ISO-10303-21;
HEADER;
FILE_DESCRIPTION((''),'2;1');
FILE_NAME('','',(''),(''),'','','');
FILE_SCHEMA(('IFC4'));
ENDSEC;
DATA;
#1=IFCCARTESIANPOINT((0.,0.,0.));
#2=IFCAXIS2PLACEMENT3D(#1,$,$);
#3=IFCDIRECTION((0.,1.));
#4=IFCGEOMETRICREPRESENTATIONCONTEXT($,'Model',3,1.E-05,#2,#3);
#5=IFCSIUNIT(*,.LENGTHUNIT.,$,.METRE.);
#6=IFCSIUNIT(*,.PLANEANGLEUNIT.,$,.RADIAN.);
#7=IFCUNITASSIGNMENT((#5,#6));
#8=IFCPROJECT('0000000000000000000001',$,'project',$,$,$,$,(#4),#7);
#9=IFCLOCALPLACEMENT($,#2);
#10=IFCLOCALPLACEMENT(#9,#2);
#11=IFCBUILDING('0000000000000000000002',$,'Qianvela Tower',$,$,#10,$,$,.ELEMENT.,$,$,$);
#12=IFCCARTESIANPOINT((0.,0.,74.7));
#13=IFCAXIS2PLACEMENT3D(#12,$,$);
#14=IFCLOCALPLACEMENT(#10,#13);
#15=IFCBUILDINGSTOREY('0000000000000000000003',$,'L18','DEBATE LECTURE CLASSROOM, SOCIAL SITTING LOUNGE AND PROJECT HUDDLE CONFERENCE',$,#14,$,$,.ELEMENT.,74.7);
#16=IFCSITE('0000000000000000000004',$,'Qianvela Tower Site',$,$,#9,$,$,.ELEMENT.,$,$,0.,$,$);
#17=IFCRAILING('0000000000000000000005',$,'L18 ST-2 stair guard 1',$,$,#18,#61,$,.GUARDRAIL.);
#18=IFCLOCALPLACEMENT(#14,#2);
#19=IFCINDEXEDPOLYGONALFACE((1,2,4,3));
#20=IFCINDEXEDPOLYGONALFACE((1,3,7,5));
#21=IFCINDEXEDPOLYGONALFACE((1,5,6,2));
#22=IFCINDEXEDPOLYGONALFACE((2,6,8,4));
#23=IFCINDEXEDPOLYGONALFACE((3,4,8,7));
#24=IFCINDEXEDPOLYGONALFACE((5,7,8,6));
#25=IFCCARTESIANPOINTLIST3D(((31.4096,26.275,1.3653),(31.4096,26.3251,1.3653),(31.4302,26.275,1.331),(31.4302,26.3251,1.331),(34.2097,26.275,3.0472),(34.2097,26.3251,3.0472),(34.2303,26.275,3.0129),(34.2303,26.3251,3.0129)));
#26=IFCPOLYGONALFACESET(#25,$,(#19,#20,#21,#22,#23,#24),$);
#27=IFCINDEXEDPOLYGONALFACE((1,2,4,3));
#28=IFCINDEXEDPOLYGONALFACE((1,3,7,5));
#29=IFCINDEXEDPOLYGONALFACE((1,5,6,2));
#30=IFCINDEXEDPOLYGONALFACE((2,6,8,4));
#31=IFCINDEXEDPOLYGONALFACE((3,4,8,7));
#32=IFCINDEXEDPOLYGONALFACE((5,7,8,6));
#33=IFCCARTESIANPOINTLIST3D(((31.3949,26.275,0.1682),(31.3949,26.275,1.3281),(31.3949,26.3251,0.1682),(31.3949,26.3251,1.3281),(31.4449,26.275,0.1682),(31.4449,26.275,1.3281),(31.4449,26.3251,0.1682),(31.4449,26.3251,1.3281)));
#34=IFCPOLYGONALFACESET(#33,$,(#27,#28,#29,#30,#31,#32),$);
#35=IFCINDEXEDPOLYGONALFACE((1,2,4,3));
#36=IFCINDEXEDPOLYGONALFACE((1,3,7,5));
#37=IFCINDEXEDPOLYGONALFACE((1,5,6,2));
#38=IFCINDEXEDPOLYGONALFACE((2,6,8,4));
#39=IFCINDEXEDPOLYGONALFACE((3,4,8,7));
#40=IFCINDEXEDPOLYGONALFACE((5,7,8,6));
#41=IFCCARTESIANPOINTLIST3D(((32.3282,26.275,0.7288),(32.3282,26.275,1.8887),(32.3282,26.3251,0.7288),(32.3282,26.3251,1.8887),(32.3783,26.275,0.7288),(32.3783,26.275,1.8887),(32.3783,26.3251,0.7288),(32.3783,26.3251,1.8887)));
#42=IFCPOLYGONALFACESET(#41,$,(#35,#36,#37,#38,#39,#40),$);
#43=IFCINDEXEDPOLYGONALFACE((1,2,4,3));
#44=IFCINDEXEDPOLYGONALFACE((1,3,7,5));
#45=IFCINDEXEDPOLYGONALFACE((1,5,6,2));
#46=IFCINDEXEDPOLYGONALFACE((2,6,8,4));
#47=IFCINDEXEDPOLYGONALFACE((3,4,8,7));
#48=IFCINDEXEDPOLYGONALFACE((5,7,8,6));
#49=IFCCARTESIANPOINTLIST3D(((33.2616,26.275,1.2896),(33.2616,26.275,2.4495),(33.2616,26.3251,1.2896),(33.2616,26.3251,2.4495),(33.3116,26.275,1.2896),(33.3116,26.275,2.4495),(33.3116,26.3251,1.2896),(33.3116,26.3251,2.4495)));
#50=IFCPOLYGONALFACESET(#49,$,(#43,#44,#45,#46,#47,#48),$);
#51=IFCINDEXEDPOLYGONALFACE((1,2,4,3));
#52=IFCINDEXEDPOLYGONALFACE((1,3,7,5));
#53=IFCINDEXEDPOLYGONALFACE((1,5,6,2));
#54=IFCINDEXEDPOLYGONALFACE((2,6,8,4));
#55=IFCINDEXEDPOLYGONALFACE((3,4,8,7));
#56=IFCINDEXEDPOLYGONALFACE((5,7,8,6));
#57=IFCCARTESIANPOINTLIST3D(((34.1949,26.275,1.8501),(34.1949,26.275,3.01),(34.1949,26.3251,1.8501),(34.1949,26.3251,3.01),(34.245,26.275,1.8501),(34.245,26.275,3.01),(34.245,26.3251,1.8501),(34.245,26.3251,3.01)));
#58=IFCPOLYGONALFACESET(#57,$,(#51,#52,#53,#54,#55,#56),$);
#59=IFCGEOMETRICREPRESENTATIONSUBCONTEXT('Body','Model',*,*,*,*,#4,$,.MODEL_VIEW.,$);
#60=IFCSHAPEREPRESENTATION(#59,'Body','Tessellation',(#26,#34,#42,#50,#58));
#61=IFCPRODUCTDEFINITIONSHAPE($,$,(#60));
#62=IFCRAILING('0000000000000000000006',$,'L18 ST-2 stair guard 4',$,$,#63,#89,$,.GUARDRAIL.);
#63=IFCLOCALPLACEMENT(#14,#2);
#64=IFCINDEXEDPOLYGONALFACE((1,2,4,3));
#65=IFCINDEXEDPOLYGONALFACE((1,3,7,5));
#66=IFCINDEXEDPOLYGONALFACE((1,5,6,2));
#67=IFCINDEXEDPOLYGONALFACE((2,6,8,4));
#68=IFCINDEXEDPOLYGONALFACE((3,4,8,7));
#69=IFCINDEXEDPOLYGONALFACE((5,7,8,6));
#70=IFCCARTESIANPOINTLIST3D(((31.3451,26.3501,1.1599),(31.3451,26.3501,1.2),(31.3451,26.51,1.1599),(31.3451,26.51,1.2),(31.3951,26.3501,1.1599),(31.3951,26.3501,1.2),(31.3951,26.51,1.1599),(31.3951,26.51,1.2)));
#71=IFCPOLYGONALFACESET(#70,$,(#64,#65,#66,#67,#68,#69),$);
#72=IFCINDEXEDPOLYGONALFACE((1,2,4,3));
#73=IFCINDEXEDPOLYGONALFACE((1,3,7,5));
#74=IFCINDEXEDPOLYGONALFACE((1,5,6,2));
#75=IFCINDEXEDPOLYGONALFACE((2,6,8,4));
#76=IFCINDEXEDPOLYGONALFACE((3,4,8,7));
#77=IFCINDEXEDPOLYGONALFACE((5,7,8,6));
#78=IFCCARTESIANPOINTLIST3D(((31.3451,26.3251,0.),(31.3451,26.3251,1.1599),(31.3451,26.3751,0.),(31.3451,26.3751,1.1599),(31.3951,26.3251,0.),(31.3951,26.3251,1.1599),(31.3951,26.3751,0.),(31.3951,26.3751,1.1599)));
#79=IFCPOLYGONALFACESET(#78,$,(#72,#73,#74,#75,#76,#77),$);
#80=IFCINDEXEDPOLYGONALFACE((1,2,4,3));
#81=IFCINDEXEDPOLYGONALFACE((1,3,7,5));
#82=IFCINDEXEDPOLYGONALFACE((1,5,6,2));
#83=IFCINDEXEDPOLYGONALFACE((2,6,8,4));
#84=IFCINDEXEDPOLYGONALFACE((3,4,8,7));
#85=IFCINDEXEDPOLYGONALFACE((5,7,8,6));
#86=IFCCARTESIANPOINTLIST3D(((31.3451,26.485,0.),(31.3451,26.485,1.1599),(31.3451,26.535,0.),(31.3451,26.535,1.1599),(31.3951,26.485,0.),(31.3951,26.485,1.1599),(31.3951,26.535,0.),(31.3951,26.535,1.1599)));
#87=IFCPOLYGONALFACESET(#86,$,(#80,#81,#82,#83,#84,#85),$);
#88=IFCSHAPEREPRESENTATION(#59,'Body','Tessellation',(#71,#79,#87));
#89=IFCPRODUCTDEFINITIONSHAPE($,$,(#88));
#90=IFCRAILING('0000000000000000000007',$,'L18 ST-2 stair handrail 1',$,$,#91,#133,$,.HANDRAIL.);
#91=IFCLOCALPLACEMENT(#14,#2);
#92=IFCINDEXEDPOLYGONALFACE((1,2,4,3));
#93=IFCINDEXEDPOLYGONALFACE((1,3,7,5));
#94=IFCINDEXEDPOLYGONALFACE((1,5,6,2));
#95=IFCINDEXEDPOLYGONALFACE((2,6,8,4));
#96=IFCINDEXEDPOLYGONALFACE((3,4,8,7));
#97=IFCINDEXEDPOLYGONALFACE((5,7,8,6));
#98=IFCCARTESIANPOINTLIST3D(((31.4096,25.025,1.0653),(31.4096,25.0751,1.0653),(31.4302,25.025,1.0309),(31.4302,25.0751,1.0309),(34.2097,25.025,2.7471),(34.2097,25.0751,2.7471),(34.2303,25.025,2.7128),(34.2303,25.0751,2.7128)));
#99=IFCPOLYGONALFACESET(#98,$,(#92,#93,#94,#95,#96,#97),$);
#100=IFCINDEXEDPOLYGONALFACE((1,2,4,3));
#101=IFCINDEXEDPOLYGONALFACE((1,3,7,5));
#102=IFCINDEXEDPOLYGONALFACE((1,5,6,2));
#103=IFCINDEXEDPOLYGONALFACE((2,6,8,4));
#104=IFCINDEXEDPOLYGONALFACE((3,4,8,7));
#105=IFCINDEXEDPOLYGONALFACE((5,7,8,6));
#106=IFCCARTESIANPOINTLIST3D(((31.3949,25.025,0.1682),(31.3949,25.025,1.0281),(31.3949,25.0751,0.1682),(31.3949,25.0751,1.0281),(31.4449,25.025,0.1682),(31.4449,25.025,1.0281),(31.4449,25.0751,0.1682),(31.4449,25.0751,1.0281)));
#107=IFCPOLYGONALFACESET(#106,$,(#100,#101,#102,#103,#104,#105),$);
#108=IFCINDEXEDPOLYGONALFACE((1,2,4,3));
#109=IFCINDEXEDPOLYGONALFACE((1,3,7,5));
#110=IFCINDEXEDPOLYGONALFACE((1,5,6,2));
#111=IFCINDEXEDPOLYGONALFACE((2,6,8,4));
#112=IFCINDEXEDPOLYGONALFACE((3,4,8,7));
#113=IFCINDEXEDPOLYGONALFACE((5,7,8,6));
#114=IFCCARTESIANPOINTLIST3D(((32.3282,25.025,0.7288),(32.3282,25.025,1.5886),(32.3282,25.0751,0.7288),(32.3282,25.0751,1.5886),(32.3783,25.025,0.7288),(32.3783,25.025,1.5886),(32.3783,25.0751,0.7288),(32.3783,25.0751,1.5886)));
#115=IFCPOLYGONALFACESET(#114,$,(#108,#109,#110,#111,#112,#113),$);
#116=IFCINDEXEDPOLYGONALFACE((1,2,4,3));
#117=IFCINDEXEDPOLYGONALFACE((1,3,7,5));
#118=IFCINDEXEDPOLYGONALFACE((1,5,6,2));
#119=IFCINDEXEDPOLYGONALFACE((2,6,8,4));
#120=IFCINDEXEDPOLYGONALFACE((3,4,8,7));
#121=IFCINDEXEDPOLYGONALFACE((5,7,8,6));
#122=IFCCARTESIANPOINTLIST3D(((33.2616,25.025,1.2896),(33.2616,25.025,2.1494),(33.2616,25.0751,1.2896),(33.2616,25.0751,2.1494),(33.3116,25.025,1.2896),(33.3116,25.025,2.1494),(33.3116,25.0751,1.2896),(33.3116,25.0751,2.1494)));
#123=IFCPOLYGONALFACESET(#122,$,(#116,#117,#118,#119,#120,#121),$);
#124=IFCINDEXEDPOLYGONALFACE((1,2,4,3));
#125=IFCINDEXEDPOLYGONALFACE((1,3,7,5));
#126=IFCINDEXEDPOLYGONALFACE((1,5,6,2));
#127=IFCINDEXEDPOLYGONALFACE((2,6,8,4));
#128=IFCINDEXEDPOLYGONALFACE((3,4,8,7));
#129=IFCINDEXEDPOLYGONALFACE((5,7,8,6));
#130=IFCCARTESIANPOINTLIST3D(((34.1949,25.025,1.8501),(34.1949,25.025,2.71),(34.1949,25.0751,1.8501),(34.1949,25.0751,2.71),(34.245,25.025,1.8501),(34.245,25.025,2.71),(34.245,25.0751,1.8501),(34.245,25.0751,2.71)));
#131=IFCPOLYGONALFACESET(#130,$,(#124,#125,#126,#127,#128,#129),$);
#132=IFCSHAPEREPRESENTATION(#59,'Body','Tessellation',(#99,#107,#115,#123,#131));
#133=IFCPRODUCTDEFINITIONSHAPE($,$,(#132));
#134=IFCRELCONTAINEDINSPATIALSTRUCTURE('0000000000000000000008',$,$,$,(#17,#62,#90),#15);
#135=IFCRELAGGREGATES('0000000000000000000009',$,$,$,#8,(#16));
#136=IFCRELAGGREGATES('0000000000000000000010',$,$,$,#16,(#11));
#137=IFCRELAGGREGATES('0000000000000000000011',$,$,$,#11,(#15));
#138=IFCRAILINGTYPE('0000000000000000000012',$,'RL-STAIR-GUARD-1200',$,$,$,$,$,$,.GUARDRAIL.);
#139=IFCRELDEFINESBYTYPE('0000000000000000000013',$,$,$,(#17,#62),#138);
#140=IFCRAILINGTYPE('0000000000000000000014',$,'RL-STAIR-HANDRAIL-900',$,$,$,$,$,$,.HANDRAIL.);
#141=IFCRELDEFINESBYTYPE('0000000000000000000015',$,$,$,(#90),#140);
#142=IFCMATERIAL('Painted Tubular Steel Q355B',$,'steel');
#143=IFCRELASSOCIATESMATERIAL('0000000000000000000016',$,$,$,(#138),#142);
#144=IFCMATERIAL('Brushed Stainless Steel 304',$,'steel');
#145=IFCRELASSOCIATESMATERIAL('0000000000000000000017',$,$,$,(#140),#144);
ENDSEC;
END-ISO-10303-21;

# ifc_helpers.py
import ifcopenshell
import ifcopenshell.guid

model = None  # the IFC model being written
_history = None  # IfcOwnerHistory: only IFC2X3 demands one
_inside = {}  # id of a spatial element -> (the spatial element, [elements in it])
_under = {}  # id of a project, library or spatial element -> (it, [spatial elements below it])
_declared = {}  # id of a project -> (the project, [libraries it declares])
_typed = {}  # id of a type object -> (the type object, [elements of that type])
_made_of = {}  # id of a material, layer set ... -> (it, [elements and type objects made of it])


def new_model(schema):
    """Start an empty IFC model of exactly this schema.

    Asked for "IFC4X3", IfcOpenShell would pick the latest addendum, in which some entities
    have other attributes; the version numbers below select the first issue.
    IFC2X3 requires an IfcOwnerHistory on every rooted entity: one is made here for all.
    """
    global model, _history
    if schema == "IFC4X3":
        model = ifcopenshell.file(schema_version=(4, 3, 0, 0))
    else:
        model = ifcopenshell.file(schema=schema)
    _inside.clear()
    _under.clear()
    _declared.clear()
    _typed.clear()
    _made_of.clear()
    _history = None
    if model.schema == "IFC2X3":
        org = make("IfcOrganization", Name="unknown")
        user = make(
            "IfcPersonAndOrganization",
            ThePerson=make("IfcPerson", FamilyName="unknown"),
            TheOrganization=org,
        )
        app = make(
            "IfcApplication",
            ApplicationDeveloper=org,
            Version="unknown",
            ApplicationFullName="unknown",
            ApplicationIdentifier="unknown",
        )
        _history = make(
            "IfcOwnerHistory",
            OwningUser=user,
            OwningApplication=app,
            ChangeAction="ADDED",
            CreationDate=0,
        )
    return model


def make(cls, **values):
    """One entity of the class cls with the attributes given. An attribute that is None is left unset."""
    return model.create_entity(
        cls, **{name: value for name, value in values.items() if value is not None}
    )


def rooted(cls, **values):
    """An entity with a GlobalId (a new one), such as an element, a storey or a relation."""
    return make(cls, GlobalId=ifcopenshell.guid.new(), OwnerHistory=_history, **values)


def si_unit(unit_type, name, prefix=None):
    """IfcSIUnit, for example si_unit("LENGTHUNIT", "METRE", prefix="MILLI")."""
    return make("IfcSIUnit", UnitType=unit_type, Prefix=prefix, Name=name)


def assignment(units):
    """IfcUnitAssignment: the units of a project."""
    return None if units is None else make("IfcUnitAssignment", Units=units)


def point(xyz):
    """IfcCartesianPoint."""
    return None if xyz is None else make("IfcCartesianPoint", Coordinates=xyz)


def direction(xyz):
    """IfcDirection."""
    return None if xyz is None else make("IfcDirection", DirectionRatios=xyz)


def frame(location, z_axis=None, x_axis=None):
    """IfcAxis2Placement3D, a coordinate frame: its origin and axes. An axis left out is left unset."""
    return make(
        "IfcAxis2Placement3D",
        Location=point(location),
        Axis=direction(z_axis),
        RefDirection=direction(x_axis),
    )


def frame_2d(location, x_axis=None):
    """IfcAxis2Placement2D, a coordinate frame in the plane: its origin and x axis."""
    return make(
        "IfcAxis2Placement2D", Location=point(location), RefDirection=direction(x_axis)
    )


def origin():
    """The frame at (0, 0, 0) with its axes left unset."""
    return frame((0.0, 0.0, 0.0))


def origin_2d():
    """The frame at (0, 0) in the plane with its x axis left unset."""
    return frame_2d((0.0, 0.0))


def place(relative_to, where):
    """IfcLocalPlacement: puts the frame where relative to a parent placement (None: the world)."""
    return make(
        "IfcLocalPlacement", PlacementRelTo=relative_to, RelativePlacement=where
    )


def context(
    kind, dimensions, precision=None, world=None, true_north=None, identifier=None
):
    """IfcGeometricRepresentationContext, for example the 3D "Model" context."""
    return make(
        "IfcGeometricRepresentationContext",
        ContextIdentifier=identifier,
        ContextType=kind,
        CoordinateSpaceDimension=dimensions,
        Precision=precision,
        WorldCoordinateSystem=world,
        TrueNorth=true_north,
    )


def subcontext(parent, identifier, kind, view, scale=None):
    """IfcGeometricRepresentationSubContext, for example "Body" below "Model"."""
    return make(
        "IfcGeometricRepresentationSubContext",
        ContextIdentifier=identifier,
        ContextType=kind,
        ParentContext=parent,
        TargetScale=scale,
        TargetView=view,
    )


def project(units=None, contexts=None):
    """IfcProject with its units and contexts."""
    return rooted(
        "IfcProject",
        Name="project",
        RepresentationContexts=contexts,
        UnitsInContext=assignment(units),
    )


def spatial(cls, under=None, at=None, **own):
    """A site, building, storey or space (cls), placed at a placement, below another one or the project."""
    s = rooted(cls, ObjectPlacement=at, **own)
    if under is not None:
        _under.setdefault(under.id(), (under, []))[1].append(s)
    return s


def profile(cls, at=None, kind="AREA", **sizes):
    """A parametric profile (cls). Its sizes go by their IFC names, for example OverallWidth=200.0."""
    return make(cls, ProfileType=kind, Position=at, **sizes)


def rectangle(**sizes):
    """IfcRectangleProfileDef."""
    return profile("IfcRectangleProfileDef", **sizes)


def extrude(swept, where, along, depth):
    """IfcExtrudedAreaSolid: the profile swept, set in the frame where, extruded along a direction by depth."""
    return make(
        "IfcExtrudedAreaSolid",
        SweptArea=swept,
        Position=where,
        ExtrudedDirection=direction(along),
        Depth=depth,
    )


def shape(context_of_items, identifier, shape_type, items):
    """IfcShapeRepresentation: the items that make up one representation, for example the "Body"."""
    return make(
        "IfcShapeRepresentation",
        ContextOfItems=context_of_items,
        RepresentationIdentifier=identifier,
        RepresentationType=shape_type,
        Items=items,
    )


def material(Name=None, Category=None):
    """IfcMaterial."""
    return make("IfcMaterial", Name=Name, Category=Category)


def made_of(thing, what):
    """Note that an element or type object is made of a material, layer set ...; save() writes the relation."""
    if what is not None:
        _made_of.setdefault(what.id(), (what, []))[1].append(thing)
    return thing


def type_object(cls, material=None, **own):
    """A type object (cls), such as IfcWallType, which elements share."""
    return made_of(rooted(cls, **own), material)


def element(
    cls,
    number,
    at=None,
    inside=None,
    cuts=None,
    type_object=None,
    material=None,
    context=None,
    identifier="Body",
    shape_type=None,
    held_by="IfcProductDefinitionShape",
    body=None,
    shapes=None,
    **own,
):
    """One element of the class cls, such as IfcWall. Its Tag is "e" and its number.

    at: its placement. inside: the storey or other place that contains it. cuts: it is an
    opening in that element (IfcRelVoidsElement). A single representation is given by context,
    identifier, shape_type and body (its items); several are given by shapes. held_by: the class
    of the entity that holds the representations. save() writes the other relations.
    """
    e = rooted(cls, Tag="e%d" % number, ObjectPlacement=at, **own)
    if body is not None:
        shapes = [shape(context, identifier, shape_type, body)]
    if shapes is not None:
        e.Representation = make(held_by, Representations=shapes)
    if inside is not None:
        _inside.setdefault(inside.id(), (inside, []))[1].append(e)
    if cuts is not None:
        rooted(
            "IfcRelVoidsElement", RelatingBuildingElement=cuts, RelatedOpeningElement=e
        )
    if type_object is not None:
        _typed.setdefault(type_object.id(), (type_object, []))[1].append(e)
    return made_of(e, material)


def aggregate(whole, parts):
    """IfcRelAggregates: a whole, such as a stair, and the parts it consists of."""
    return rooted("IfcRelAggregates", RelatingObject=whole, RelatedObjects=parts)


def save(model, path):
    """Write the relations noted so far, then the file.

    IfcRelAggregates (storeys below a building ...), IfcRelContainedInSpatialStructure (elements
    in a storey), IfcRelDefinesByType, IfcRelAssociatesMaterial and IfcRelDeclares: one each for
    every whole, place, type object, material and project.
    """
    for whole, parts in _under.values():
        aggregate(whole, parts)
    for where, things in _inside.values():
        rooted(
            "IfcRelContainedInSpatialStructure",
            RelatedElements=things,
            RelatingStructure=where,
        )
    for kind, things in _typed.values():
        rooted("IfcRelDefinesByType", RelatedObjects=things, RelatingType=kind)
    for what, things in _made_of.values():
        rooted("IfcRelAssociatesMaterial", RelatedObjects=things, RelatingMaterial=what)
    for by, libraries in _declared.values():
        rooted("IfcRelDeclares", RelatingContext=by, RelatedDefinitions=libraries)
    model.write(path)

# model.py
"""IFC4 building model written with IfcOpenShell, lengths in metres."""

from ifc_helpers import new_model, si_unit, direction, frame, origin, origin_2d, place, context, subcontext, project, spatial, rectangle, extrude, material, type_object, element, save


model = new_model("IFC4")

# Units and contexts
model_context = context("Model", 3, precision=1e-05, world=origin(), true_north=direction((0.0, 1.0)))
body_context = subcontext(model_context, "Body", "Model", "MODEL_VIEW")
ifc_project = project(units=[si_unit("LENGTHUNIT", "METRE"), si_unit("PLANEANGLEUNIT", "RADIAN")], contexts=[model_context])

# Site, building, storey
site_placement = place(None, origin())
site = spatial("IfcSite", under=ifc_project, at=site_placement, Name="Qianvela Tower Site", CompositionType="ELEMENT", RefElevation=0.0)
building_placement = place(site_placement, origin())
building = spatial("IfcBuilding", under=site, at=building_placement, Name="Qianvela Tower", CompositionType="ELEMENT")
storey_placement = place(building_placement, frame((0.0, 0.0, 74.7)))
storey = spatial("IfcBuildingStorey", under=building, at=storey_placement, Name="L18", Description="DEBATE LECTURE CLASSROOM, SOCIAL SITTING LOUNGE AND PROJECT HUDDLE CONFERENCE", CompositionType="ELEMENT", Elevation=74.7)

# Railings
ifc_material_1 = material(Name="Painted Tubular Steel Q355B", Category="steel")
railing_type_1 = type_object("IfcRailingType", Name="RL-STAIR-GUARD-1200", PredefinedType="GUARDRAIL", material=ifc_material_1)
railing_1_placement = place(storey_placement, frame((31.4199, 26.3, 0.1682)))
element("IfcRailing", 1, at=railing_1_placement, inside=storey, type_object=railing_type_1, Name="L18 ST-2 stair guard 1", PredefinedType="GUARDRAIL", context=body_context, shape_type="SweptSolid", body=[
    extrude(rectangle(XDim=0.05, YDim=0.04, at=origin_2d()), frame((0.0, 0.0, 1.1799), z_axis=(0.857242, 0.0, 0.514913), x_axis=(0.0, 1.0, 0.0)), (0.0, 0.0, 1.0), 3.2664),
    extrude(rectangle(XDim=0.05, YDim=0.05, at=origin_2d()), origin(), (0.0, 0.0, 1.0), 1.1599),
    extrude(rectangle(XDim=0.05, YDim=0.05, at=origin_2d()), frame((0.9333, 0.0, 0.5605)), (0.0, 0.0, 1.0), 1.1599),
    extrude(rectangle(XDim=0.05, YDim=0.05, at=origin_2d()), frame((1.8667, 0.0, 1.1213)), (0.0, 0.0, 1.0), 1.1599),
    extrude(rectangle(XDim=0.05, YDim=0.05, at=origin_2d()), frame((2.8, 0.0, 1.6819)), (0.0, 0.0, 1.0), 1.1599),
])
railing_2_placement = place(storey_placement, frame((31.3701, 26.3501, 0.0)))
element("IfcRailing", 2, at=railing_2_placement, inside=storey, type_object=railing_type_1, Name="L18 ST-2 stair guard 4", PredefinedType="GUARDRAIL", context=body_context, shape_type="SweptSolid", body=[
    extrude(rectangle(XDim=0.05, YDim=0.04, at=origin_2d()), frame((0.0, 0.0, 1.1799), z_axis=(0.0, 1.0, 0.0), x_axis=(-1.0, 0.0, 0.0)), (0.0, 0.0, 1.0), 0.1599),
    extrude(rectangle(XDim=0.05, YDim=0.05, at=origin_2d()), origin(), (0.0, 0.0, 1.0), 1.1599),
    extrude(rectangle(XDim=0.05, YDim=0.05, at=origin_2d()), frame((0.0, 0.1599, 0.0)), (0.0, 0.0, 1.0), 1.1599),
])
ifc_material_2 = material(Name="Brushed Stainless Steel 304", Category="steel")
railing_type_2 = type_object("IfcRailingType", Name="RL-STAIR-HANDRAIL-900", PredefinedType="HANDRAIL", material=ifc_material_2)
railing_3_placement = place(storey_placement, frame((31.4199, 25.05, 0.1682)))
element("IfcRailing", 3, at=railing_3_placement, inside=storey, type_object=railing_type_2, Name="L18 ST-2 stair handrail 1", PredefinedType="HANDRAIL", context=body_context, shape_type="SweptSolid", body=[
    extrude(rectangle(XDim=0.05, YDim=0.04, at=origin_2d()), frame((0.0, 0.0, 0.8799), z_axis=(0.857242, 0.0, 0.514913), x_axis=(0.0, 1.0, 0.0)), (0.0, 0.0, 1.0), 3.2664),
    extrude(rectangle(XDim=0.05, YDim=0.05, at=origin_2d()), origin(), (0.0, 0.0, 1.0), 0.8599),
    extrude(rectangle(XDim=0.05, YDim=0.05, at=origin_2d()), frame((0.9333, 0.0, 0.5605)), (0.0, 0.0, 1.0), 0.8599),
    extrude(rectangle(XDim=0.05, YDim=0.05, at=origin_2d()), frame((1.8667, 0.0, 1.1213)), (0.0, 0.0, 1.0), 0.8599),
    extrude(rectangle(XDim=0.05, YDim=0.05, at=origin_2d()), frame((2.8, 0.0, 1.6819)), (0.0, 0.0, 1.0), 0.8599),
])

save(model, "model.ifc")
